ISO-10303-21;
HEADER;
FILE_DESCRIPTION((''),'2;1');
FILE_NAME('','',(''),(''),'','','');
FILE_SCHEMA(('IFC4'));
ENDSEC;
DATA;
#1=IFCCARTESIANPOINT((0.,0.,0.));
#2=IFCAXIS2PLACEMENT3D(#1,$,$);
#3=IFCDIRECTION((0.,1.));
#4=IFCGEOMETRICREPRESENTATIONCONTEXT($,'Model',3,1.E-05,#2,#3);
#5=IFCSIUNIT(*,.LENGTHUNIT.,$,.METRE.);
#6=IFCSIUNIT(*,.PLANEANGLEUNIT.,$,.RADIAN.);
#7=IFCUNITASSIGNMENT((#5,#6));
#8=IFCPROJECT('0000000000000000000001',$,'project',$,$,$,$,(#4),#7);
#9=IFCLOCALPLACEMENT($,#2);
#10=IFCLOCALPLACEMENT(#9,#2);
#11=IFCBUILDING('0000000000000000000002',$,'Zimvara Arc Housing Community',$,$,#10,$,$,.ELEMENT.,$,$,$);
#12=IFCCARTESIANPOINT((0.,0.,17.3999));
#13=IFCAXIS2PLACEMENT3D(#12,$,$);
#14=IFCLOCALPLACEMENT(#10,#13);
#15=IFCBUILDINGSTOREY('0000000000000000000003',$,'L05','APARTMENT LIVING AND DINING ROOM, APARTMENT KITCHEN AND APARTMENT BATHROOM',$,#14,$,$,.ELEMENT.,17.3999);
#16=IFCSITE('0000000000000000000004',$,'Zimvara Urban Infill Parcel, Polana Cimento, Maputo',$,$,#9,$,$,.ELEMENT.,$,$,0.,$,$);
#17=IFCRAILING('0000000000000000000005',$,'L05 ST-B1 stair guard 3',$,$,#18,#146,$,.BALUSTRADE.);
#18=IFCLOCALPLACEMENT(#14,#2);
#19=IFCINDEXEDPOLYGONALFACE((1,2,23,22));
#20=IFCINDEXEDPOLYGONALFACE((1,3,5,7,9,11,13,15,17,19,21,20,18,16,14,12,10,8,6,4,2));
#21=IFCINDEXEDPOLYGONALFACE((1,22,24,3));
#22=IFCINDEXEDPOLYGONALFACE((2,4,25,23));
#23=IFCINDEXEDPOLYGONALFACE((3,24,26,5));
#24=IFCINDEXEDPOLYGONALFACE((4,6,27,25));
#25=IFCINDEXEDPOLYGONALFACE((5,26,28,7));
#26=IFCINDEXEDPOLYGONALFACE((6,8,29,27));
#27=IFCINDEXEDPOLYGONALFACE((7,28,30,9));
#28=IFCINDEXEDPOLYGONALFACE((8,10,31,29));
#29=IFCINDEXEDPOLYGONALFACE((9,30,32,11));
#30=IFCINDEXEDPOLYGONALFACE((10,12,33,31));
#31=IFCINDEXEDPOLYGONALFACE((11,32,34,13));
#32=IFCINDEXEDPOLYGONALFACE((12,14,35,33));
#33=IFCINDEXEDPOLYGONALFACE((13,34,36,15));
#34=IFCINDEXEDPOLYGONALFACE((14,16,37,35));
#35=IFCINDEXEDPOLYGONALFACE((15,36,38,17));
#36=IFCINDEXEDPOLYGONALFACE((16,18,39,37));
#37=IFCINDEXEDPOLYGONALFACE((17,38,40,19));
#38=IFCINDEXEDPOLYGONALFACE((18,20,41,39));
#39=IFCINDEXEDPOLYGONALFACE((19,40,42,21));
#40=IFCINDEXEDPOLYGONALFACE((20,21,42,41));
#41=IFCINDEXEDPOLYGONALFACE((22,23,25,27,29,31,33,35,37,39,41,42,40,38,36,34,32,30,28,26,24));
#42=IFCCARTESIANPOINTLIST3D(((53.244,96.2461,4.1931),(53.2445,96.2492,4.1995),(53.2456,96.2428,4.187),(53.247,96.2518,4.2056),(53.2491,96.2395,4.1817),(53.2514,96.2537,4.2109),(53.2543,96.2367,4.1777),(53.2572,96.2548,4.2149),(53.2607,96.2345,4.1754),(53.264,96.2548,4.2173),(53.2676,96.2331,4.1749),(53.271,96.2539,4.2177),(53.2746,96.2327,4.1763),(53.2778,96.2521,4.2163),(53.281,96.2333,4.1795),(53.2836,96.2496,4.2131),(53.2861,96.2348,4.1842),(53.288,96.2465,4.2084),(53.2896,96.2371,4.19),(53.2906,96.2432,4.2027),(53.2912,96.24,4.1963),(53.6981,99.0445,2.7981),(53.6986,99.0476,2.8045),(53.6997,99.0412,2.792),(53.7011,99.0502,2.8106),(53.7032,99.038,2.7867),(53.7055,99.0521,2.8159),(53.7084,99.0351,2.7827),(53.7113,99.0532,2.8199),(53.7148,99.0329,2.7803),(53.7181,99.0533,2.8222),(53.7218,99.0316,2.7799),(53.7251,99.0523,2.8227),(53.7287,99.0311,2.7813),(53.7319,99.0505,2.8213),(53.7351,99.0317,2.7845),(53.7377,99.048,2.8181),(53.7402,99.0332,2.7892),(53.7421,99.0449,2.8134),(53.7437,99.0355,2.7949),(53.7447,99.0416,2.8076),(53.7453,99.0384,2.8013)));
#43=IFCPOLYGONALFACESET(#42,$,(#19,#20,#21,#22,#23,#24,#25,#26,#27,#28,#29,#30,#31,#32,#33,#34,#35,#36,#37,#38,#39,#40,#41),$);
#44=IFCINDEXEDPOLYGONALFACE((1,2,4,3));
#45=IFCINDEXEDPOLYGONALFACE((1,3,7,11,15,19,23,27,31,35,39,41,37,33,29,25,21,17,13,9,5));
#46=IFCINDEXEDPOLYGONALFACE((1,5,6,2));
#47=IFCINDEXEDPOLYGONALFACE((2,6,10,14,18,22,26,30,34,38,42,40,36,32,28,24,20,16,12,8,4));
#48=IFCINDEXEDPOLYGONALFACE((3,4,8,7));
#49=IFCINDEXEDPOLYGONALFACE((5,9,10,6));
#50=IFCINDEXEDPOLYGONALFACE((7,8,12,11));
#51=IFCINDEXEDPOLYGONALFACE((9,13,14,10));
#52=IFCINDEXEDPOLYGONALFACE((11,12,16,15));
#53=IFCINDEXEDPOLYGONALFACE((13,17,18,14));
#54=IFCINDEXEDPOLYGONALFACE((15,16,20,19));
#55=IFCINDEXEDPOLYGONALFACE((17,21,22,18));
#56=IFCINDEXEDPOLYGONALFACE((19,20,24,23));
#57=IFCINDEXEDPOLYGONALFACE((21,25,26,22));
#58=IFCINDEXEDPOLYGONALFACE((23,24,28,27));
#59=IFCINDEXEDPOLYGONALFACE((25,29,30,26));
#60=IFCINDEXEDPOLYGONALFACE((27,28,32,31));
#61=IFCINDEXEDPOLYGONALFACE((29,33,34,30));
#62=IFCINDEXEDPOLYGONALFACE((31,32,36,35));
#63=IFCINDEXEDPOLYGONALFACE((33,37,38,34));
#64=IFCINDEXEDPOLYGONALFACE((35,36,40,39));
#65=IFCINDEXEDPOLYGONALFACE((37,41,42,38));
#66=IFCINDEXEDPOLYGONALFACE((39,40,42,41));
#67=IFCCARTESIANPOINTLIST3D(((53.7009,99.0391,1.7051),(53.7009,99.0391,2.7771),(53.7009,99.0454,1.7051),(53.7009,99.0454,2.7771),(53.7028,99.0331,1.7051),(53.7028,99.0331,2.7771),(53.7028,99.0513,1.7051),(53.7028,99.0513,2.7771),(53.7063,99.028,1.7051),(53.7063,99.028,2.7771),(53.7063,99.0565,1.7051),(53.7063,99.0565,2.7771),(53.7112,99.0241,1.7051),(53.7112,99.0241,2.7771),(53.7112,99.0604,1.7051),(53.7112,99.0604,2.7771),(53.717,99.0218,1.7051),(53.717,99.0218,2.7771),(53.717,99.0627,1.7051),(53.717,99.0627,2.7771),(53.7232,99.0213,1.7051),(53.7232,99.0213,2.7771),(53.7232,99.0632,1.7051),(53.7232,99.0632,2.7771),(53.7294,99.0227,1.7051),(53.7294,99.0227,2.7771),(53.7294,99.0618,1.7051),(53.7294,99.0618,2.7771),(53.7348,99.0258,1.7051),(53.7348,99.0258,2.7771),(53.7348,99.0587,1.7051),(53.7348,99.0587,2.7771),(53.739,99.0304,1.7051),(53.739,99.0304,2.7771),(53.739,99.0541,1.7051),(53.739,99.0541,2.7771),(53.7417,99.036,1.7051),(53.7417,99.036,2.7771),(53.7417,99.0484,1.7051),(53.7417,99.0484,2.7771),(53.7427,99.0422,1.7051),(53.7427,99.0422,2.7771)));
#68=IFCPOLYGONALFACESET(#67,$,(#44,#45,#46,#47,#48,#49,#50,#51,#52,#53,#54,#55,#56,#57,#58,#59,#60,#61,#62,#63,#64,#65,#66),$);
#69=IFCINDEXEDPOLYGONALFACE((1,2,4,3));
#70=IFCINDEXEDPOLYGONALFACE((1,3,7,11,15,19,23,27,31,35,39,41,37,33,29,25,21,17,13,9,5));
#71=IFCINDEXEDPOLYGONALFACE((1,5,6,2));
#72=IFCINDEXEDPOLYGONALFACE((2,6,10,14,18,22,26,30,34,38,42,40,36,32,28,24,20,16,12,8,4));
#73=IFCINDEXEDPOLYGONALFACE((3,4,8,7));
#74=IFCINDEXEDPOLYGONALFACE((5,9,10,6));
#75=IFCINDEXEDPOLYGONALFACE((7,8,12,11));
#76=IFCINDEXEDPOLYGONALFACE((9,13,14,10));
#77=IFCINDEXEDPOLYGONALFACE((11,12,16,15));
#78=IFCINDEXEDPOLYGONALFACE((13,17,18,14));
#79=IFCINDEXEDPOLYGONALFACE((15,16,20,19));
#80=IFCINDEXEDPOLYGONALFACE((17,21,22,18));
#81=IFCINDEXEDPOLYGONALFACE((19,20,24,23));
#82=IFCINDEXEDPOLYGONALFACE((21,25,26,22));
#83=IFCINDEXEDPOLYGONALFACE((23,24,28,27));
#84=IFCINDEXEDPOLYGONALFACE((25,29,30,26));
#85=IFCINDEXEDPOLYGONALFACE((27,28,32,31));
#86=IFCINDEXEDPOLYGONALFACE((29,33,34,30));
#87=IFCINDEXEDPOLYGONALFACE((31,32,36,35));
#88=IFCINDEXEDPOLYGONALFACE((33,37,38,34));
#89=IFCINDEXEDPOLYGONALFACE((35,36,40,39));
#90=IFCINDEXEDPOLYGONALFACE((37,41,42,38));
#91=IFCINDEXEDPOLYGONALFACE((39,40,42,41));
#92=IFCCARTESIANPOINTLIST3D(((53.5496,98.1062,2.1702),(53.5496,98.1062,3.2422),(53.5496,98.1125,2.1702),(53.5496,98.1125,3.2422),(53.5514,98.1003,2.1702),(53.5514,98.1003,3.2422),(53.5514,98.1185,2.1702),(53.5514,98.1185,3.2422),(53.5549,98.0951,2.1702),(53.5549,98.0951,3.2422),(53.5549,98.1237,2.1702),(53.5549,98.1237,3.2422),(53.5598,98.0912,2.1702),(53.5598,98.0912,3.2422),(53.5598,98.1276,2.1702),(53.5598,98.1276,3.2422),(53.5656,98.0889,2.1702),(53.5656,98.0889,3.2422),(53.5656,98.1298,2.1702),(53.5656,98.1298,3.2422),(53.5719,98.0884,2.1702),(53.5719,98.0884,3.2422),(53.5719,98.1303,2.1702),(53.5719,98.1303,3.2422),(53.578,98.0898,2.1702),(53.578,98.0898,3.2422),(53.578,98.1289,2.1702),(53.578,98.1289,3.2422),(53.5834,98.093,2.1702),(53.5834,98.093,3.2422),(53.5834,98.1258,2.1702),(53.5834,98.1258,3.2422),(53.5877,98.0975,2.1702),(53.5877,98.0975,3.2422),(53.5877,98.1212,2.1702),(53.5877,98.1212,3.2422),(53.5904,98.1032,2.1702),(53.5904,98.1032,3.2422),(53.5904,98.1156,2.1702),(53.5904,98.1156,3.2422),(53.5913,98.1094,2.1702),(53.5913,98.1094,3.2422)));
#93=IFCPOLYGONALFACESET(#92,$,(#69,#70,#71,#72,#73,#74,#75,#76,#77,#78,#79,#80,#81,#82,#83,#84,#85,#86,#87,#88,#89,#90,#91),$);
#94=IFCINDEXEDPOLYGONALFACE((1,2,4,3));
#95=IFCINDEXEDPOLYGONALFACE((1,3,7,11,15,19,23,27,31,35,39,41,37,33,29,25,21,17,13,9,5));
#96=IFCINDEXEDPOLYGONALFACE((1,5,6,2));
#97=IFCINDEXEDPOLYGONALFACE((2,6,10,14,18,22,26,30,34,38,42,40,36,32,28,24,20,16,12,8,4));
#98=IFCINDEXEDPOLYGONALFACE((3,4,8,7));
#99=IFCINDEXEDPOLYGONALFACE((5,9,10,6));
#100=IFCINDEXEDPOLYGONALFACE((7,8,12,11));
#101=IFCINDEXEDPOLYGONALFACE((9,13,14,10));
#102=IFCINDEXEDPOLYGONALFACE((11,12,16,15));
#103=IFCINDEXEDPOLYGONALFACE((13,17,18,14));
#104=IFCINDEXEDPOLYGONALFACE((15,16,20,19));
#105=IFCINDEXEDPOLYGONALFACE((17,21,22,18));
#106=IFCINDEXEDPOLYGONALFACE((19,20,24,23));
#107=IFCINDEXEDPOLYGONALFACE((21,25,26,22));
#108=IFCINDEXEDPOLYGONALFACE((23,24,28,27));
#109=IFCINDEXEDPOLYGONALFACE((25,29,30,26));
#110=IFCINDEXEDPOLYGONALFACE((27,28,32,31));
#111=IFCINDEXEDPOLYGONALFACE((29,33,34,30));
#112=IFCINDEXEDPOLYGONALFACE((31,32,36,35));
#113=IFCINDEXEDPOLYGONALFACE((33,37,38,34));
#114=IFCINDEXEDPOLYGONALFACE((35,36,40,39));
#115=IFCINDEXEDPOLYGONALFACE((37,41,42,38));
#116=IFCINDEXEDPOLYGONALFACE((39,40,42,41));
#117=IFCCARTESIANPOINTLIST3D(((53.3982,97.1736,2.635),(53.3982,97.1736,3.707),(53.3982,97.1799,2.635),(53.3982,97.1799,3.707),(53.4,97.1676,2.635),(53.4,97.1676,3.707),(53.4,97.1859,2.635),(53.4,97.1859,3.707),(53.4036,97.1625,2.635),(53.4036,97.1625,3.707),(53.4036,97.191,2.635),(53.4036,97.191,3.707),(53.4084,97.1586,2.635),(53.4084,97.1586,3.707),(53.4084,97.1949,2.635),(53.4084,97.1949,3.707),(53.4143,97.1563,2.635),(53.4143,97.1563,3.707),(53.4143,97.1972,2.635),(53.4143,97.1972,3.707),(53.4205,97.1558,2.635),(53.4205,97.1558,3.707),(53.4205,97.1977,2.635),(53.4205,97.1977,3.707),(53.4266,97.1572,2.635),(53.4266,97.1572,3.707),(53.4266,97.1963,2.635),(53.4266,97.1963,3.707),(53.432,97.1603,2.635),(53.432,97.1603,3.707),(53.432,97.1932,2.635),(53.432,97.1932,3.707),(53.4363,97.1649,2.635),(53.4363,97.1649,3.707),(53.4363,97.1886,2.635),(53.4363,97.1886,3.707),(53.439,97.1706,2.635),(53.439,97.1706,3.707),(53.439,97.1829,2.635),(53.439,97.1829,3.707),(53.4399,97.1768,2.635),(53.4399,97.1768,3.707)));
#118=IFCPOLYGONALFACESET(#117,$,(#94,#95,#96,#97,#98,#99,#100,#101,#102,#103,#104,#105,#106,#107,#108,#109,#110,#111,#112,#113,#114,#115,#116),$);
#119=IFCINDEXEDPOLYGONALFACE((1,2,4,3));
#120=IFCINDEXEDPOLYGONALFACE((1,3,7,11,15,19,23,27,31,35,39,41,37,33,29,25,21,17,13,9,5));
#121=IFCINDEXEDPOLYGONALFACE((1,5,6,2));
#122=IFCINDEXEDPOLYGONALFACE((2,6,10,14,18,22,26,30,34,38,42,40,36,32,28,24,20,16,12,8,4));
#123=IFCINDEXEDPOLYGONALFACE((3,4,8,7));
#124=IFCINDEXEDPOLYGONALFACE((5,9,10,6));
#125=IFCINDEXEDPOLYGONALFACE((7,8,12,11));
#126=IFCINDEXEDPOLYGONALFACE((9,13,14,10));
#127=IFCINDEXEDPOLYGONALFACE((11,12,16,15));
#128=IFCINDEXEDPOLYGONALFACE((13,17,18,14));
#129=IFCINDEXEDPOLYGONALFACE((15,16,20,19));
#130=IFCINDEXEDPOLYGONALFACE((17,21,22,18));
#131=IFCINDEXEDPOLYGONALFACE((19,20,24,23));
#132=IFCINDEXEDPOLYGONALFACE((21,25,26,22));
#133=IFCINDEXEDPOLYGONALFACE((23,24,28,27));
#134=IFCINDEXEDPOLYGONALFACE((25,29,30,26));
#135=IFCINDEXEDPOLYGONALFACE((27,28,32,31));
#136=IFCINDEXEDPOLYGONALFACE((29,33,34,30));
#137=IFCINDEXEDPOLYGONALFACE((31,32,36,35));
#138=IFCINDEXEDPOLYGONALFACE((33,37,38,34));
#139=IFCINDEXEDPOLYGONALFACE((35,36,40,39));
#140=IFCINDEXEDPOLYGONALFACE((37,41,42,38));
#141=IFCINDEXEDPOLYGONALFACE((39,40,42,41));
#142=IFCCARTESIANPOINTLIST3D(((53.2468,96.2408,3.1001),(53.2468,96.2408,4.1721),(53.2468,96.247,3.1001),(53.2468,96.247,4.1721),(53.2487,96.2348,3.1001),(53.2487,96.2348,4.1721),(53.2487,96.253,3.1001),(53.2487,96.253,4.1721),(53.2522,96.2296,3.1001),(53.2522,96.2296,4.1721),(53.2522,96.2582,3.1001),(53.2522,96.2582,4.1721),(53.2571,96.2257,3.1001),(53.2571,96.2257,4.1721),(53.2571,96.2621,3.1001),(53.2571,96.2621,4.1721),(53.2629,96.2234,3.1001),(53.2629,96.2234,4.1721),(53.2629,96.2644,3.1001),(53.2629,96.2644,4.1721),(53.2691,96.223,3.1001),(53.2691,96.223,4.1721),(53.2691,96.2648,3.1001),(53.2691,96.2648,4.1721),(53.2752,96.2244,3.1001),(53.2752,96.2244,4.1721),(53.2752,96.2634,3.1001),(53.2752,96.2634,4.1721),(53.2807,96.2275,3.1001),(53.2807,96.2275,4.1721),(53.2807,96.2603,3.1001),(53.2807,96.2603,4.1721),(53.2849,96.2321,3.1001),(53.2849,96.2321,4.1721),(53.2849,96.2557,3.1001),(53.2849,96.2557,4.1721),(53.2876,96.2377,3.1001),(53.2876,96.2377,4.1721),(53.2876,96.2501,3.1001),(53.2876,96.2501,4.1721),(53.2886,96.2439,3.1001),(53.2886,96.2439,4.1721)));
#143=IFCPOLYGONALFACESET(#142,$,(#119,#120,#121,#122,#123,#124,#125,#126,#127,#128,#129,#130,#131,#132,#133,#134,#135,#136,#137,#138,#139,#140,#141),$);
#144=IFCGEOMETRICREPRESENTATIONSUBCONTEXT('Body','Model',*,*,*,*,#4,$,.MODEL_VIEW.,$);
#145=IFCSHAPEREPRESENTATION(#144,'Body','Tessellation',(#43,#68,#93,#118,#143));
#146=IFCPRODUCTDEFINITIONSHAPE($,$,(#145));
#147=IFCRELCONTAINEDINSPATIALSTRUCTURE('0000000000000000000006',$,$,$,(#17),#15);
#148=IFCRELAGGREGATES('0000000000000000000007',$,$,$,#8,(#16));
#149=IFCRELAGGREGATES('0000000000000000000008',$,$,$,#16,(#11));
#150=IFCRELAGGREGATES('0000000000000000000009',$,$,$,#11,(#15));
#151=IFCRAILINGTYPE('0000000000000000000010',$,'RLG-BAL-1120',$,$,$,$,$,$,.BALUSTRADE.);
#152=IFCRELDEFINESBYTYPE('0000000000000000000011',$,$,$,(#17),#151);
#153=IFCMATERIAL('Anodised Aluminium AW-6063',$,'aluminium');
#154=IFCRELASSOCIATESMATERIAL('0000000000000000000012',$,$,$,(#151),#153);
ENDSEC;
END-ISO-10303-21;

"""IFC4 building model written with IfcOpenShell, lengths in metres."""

from ifc_helpers import new_model, si_unit, direction, frame, origin, origin_2d, place, context, subcontext, project, spatial, circle, extrude, material, type_object, element, save


model = new_model("IFC4")

# Units and contexts
model_context = context("Model", 3, precision=1e-05, world=origin(), true_north=direction((0.0, 1.0)))
body_context = subcontext(model_context, "Body", "Model", "MODEL_VIEW")
ifc_project = project(units=[si_unit("LENGTHUNIT", "METRE"), si_unit("PLANEANGLEUNIT", "RADIAN")], contexts=[model_context])

# Site, building, storey
site_placement = place(None, origin())
site = spatial("IfcSite", under=ifc_project, at=site_placement, Name="Zimvara Urban Infill Parcel, Polana Cimento, Maputo", CompositionType="ELEMENT", RefElevation=0.0)
building_placement = place(site_placement, origin())
building = spatial("IfcBuilding", under=site, at=building_placement, Name="Zimvara Arc Housing Community", CompositionType="ELEMENT")
storey_placement = place(building_placement, frame((0.0, 0.0, 17.3999)))
storey = spatial("IfcBuildingStorey", under=building, at=storey_placement, Name="L05", Description="APARTMENT LIVING AND DINING ROOM, APARTMENT KITCHEN AND APARTMENT BATHROOM", CompositionType="ELEMENT", Elevation=17.3999)

# Railing
ifc_material_1 = material(Name="Anodised Aluminium AW-6063", Category="aluminium")
railing_type_1 = type_object("IfcRailingType", Name="RLG-BAL-1120", PredefinedType="BALUSTRADE", material=ifc_material_1)
railing_1_placement = place(storey_placement, frame((53.7217, 99.0422, 1.7051)))
element("IfcRailing", 1, at=railing_1_placement, inside=storey, type_object=railing_type_1, Name="L05 ST-B1 stair guard 3", PredefinedType="BALUSTRADE", context=body_context, shape_type="SweptSolid", body=[
    extrude(circle(Radius=0.0239, at=origin_2d()), frame((0.0, 0.0, 1.0962), z_axis=(-0.143722, -0.885666, 0.44152), x_axis=(0.987088, -0.16018, 0.0)), (0.0, 0.0, 1.0), 3.1597),
    extrude(circle(Radius=0.021, at=origin_2d()), origin(), (0.0, 0.0, 1.0), 1.072),
    extrude(circle(Radius=0.021, at=origin_2d()), frame((-0.1514, -0.9329, 0.4651)), (0.0, 0.0, 1.0), 1.072),
    extrude(circle(Radius=0.021, at=origin_2d()), frame((-0.3027, -1.8655, 0.9299)), (0.0, 0.0, 1.0), 1.072),
    extrude(circle(Radius=0.021, at=origin_2d()), frame((-0.4541, -2.7983, 1.395)), (0.0, 0.0, 1.0), 1.072),
])

save(model, "model.ifc")
